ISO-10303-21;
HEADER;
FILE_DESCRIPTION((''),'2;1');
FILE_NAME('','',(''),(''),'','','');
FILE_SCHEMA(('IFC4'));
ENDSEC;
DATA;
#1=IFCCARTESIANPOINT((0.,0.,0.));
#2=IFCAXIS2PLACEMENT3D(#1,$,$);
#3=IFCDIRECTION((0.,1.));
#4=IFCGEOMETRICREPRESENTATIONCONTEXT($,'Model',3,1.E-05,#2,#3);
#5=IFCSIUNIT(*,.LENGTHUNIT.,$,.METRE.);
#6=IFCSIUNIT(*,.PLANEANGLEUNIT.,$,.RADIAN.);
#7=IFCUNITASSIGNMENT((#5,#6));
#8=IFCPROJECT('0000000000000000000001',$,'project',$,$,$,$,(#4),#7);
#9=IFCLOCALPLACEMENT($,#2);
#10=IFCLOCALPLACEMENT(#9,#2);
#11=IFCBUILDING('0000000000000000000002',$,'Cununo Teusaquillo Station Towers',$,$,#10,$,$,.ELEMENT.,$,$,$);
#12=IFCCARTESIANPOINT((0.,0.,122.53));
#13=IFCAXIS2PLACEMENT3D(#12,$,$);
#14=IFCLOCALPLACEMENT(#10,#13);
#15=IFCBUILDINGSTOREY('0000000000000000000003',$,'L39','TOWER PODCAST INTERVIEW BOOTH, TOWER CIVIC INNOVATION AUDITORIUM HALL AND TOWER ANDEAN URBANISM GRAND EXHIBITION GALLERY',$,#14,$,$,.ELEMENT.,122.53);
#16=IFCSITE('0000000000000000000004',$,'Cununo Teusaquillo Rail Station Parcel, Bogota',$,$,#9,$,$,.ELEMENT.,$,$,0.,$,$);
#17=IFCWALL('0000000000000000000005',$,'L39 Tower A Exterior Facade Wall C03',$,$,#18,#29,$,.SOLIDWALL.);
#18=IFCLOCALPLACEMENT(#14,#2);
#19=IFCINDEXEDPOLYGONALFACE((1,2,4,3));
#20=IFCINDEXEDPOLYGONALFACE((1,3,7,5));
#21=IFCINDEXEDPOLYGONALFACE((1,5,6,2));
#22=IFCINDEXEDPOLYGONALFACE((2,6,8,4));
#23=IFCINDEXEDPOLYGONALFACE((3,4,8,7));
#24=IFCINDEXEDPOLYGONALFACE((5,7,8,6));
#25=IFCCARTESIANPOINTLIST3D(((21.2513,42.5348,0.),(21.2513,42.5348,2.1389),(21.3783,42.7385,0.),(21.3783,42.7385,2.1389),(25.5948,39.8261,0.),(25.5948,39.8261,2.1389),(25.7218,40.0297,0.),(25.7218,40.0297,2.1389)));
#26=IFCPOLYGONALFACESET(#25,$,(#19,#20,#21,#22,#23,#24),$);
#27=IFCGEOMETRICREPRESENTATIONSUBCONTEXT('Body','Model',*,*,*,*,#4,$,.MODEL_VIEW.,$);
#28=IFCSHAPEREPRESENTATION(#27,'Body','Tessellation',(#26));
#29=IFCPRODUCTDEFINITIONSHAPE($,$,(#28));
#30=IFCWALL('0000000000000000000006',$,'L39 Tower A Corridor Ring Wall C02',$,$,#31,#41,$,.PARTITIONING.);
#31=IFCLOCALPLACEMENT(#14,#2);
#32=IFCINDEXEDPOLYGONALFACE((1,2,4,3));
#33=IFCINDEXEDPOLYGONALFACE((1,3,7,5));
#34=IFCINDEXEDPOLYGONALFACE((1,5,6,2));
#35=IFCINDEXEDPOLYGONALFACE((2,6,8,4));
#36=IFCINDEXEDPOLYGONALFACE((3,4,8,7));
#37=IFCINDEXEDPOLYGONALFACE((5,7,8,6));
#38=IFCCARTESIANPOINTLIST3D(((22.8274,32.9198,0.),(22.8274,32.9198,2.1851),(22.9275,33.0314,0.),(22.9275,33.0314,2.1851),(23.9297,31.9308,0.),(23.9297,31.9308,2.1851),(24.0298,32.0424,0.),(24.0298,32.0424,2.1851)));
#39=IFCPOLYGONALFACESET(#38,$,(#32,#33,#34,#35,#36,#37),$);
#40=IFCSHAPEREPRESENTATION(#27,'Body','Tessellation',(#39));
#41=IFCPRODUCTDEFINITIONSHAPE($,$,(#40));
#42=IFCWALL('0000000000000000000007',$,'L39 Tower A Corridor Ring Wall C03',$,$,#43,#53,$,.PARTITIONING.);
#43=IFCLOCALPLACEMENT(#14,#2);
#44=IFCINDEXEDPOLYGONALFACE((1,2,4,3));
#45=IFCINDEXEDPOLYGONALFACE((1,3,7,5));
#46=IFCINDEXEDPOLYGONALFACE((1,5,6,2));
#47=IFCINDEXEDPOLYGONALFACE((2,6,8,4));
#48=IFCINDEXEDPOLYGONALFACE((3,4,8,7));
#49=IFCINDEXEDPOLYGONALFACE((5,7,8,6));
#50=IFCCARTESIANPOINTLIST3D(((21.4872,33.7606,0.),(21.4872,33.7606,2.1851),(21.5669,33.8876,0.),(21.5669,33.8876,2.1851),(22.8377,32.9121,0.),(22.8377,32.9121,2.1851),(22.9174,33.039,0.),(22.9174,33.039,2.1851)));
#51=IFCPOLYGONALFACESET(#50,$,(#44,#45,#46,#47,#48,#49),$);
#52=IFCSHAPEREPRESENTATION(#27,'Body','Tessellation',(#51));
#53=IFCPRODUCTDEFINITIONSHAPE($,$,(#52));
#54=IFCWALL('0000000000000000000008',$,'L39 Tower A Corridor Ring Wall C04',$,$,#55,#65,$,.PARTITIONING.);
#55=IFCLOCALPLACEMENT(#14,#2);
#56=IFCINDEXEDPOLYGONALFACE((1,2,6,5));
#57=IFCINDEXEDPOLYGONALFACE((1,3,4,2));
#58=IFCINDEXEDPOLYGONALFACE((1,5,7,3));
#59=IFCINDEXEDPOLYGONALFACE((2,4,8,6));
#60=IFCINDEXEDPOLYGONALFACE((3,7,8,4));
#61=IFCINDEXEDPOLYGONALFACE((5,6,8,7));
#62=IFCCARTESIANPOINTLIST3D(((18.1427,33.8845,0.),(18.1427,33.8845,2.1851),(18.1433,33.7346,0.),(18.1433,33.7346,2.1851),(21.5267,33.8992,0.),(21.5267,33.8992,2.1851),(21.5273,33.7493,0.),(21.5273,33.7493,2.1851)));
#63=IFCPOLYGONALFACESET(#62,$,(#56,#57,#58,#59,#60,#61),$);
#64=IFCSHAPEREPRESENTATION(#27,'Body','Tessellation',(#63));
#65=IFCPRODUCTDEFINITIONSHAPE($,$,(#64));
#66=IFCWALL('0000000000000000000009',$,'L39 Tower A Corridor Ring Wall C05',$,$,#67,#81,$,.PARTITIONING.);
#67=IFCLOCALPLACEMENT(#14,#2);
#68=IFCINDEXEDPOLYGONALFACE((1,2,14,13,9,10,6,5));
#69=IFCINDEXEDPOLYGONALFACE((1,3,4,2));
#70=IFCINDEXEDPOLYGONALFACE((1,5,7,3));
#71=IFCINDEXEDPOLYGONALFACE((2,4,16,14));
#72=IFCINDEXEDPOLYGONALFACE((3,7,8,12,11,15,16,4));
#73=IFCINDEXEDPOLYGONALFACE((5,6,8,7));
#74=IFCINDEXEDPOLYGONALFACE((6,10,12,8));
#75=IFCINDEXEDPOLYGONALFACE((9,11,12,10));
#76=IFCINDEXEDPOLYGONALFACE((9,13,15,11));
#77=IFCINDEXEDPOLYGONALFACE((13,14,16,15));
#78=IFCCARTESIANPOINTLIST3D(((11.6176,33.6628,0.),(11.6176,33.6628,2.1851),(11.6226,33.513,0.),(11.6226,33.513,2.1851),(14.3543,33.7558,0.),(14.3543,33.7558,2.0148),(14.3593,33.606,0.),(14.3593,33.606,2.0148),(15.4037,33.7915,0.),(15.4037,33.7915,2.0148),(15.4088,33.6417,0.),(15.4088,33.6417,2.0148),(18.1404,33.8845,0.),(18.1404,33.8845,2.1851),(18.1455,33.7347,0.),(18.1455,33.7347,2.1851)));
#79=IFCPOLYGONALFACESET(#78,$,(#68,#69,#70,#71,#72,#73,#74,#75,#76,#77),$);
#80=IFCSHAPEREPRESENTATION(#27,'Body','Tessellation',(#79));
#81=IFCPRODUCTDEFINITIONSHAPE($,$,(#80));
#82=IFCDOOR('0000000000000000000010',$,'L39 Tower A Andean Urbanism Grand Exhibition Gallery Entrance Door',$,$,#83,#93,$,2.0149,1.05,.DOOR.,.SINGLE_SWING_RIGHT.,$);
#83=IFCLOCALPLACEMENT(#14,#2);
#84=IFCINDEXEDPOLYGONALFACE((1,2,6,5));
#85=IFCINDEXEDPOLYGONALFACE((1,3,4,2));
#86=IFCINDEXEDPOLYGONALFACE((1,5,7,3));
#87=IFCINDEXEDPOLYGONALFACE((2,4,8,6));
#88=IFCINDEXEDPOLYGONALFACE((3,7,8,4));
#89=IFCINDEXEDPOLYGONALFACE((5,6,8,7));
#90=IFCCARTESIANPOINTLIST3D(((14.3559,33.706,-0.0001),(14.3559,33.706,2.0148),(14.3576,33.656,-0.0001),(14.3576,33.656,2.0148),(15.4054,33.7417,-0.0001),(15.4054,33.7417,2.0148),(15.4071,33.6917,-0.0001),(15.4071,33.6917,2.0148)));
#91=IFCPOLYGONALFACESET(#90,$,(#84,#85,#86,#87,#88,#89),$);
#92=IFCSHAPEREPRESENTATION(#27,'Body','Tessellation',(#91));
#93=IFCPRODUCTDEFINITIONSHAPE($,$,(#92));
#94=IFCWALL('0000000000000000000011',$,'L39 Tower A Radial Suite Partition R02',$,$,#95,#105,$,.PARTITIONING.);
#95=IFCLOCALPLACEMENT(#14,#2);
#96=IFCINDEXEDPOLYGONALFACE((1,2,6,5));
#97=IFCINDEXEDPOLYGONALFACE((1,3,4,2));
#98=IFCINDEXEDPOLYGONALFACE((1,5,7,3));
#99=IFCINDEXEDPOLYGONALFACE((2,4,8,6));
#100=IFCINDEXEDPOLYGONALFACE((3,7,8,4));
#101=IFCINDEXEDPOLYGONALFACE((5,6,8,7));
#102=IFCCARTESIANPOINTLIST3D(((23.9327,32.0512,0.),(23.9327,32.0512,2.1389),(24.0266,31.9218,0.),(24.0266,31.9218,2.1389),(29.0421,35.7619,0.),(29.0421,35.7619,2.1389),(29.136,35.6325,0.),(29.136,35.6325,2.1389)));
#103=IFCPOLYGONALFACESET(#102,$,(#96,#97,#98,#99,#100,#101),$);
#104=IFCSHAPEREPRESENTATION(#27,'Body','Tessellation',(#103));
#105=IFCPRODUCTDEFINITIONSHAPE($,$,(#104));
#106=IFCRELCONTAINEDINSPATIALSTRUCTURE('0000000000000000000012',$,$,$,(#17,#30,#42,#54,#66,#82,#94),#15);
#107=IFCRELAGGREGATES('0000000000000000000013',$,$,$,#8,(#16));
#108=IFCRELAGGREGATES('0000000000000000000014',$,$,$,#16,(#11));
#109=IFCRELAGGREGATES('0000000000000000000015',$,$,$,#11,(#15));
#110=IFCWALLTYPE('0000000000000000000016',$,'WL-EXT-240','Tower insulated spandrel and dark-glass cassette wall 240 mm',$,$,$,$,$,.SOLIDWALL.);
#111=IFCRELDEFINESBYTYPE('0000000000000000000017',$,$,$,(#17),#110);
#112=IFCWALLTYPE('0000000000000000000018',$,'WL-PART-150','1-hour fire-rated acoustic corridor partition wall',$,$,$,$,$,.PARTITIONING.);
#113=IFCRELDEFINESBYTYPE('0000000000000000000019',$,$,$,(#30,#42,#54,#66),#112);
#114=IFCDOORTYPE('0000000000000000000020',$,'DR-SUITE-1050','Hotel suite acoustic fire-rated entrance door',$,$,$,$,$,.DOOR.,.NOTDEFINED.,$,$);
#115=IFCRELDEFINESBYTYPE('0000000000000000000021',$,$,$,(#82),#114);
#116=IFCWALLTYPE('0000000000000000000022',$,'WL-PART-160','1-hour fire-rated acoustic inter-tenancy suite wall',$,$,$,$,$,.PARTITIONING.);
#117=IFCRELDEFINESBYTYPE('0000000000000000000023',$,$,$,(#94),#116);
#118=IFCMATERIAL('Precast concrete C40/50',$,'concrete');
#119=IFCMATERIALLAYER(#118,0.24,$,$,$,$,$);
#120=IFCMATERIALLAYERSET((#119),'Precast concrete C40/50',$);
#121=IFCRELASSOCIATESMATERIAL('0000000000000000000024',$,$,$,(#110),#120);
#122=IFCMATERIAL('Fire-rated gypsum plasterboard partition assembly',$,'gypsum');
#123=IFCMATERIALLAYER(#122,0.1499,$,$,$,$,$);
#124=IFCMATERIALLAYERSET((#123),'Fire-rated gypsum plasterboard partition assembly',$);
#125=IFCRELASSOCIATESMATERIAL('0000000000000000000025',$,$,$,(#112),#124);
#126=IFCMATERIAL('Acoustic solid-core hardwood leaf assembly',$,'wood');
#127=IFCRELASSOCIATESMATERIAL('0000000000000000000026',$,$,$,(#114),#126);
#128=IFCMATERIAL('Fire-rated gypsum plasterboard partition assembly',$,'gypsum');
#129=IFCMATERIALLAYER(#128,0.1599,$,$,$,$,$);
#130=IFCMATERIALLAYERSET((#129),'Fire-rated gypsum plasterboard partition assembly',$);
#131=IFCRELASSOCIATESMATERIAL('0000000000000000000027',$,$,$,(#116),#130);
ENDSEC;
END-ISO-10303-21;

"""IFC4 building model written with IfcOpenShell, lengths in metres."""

from ifc_helpers import new_model, si_unit, direction, frame, frame_2d, origin, place, context, subcontext, project, spatial, rectangle, extrude, source, transform, mapped, material, layer, layer_set, type_object, element, fill, save


model = new_model("IFC4")

# Units and contexts
model_context = context("Model", 3, precision=1e-05, world=origin(), true_north=direction((0.0, 1.0)))
body_context = subcontext(model_context, "Body", "Model", "MODEL_VIEW")
ifc_project = project(units=[si_unit("LENGTHUNIT", "METRE"), si_unit("PLANEANGLEUNIT", "RADIAN")], contexts=[model_context])

# Site, building, storey
site_placement = place(None, origin())
site = spatial("IfcSite", under=ifc_project, at=site_placement, Name="Cununo Teusaquillo Rail Station Parcel, Bogota", CompositionType="ELEMENT", RefElevation=0.0)
building_placement = place(site_placement, origin())
building = spatial("IfcBuilding", under=site, at=building_placement, Name="Cununo Teusaquillo Station Towers", CompositionType="ELEMENT")
storey_placement = place(building_placement, frame((0.0, 0.0, 122.53)))
storey = spatial("IfcBuildingStorey", under=building, at=storey_placement, Name="L39", Description="TOWER PODCAST INTERVIEW BOOTH, TOWER CIVIC INNOVATION AUDITORIUM HALL AND TOWER ANDEAN URBANISM GRAND EXHIBITION GALLERY", CompositionType="ELEMENT", Elevation=122.53)

# Shared definitions
ifc_material_1 = material(Name="Precast concrete C40/50", Category="concrete")
ifc_layer_1 = layer(ifc_material_1, 0.24)
ifc_layer_set_1 = layer_set([ifc_layer_1], Name="Precast concrete C40/50")
wall_type_1 = type_object("IfcWallType", Name="WL-EXT-240", Description="Tower insulated spandrel and dark-glass cassette wall 240 mm", PredefinedType="SOLIDWALL", material=ifc_layer_set_1)

# Walls
wall_1_placement = place(storey_placement, frame((21.3147, 42.6367, 0.0), z_axis=(0.0, 0.0, 1.0), x_axis=(0.84852, -0.529163, 0.0)))
element("IfcWall", 1, at=wall_1_placement, inside=storey, type_object=wall_type_1, Name="L39 Tower A Exterior Facade Wall C03", PredefinedType="SOLIDWALL", context=body_context, shape_type="SweptSolid", body=[
    extrude(rectangle(XDim=5.1189, YDim=0.24, at=frame_2d((2.5596, 0.0))), origin(), (0.0, 0.0, 1.0), 2.1389),
])
ifc_material_2 = material(Name="Fire-rated gypsum plasterboard partition assembly", Category="gypsum")
ifc_layer_2 = layer(ifc_material_2, 0.1499)
ifc_layer_set_2 = layer_set([ifc_layer_2], Name="Fire-rated gypsum plasterboard partition assembly")
wall_type_2 = type_object("IfcWallType", Name="WL-PART-150", Description="1-hour fire-rated acoustic corridor partition wall", PredefinedType="PARTITIONING", material=ifc_layer_set_2)
wall_2_placement = place(storey_placement, frame((23.9797, 31.9866, 0.0), z_axis=(0.0, 0.0, 1.0), x_axis=(-0.744318, 0.667825, 0.0)))
element("IfcWall", 2, at=wall_2_placement, inside=storey, type_object=wall_type_2, Name="L39 Tower A Corridor Ring Wall C02", PredefinedType="PARTITIONING", context=body_context, shape_type="SweptSolid", body=[
    extrude(rectangle(XDim=1.481, YDim=0.1499, at=frame_2d((0.7405, 0.0))), origin(), (0.0, 0.0, 1.0), 2.1851),
])
wall_3_placement = place(storey_placement, frame((22.8774, 32.9756, 0.0), z_axis=(0.0, 0.0, 1.0), x_axis=(-0.846723, 0.532034, 0.0)))
element("IfcWall", 3, at=wall_3_placement, inside=storey, type_object=wall_type_2, Name="L39 Tower A Corridor Ring Wall C03", PredefinedType="PARTITIONING", context=body_context, shape_type="SweptSolid", body=[
    extrude(rectangle(XDim=1.595, YDim=0.1499, at=frame_2d((0.7974, 0.0))), origin(), (0.0, 0.0, 1.0), 2.1851),
])
wall_4_placement = place(storey_placement, frame((21.5269, 33.8242, 0.0), z_axis=(0.0, 0.0, 1.0), x_axis=(-0.999991, -0.004329, 0.0)))
element("IfcWall", 4, at=wall_4_placement, inside=storey, type_object=wall_type_2, Name="L39 Tower A Corridor Ring Wall C04", PredefinedType="PARTITIONING", context=body_context, shape_type="SweptSolid", body=[
    extrude(rectangle(XDim=3.384, YDim=0.1499, at=frame_2d((1.6919, 0.0))), origin(), (0.0, 0.0, 1.0), 2.1851),
])

# Wall, opening, door
wall_5_placement = place(storey_placement, frame((18.1428, 33.8096, 0.0), z_axis=(0.0, 0.0, 1.0), x_axis=(-0.999423, -0.033965, 0.0)))
wall_5 = element("IfcWall", 5, at=wall_5_placement, inside=storey, type_object=wall_type_2, Name="L39 Tower A Corridor Ring Wall C05", PredefinedType="PARTITIONING", context=body_context, shape_type="SweptSolid", body=[
    extrude(rectangle(XDim=6.5266, YDim=0.1499, at=frame_2d((3.2632, 0.0))), origin(), (0.0, 0.0, 1.0), 2.1851),
])
shared_shape_1 = source(origin(), body_context, "Body", "SweptSolid", [
    extrude(rectangle(XDim=1.05, YDim=2.0149, at=frame_2d((0.5249, 1.0073))), frame((0.0, 0.085, 0.0), z_axis=(0.0, -1.0, 0.0), x_axis=(1.0, 0.0, 0.0)), (0.0, 0.0, 1.0), 0.1699),
])
opening_1_placement = place(wall_5_placement, frame((2.7383, 0.0, 0.0)))
opening_1 = element("IfcOpeningElement", 6, at=opening_1_placement, cuts=wall_5, PredefinedType="OPENING", context=body_context, shape_type="MappedRepresentation", body=[
    mapped(shared_shape_1, transform((0.0, 0.0, 0.0), x_axis=(1.0, 0.0, 0.0), y_axis=(0.0, 1.0, 0.0), z_axis=(0.0, 0.0, 1.0), scale=1.0)),
])
ifc_material_3 = material(Name="Acoustic solid-core hardwood leaf assembly", Category="wood")
door_type = type_object("IfcDoorType", Name="DR-SUITE-1050", Description="Hotel suite acoustic fire-rated entrance door", OperationType="NOTDEFINED", PredefinedType="DOOR", material=ifc_material_3)
shared_shape_2 = source(origin(), body_context, "Body", "SweptSolid", [
    extrude(rectangle(XDim=1.05, YDim=2.0149, at=frame_2d((0.5249, 1.0073))), frame((0.0, 0.0249, 0.0), z_axis=(0.0, -1.0, 0.0), x_axis=(1.0, 0.0, 0.0)), (0.0, 0.0, 1.0), 0.05),
])
door_placement = place(opening_1_placement, origin())
door = element("IfcDoor", 7, at=door_placement, inside=storey, type_object=door_type, Name="L39 Tower A Andean Urbanism Grand Exhibition Gallery Entrance Door", OperationType="SINGLE_SWING_RIGHT", OverallHeight=2.0149, OverallWidth=1.05, PredefinedType="DOOR", context=body_context, shape_type="MappedRepresentation", body=[
    mapped(shared_shape_2, transform((0.0, 0.0, 0.0), x_axis=(1.0, 0.0, 0.0), y_axis=(0.0, 1.0, 0.0), z_axis=(0.0, 0.0, 1.0), scale=1.0)),
])
fill(opening_1, door)

# Wall
ifc_material_4 = material(Name="Fire-rated gypsum plasterboard partition assembly", Category="gypsum")
ifc_layer_3 = layer(ifc_material_4, 0.1599)
ifc_layer_set_3 = layer_set([ifc_layer_3], Name="Fire-rated gypsum plasterboard partition assembly")
wall_type_3 = type_object("IfcWallType", Name="WL-PART-160", Description="1-hour fire-rated acoustic inter-tenancy suite wall", PredefinedType="PARTITIONING", material=ifc_layer_set_3)
wall_6_placement = place(storey_placement, frame((23.9797, 31.9866, 0.0), z_axis=(0.0, 0.0, 1.0), x_axis=(0.809129, 0.587631, 0.0)))
element("IfcWall", 8, at=wall_6_placement, inside=storey, type_object=wall_type_3, Name="L39 Tower A Radial Suite Partition R02", PredefinedType="PARTITIONING", context=body_context, shape_type="SweptSolid", body=[
    extrude(rectangle(XDim=6.3147, YDim=0.1599, at=frame_2d((3.1572, 0.0))), origin(), (0.0, 0.0, 1.0), 2.1389),
])

save(model, "model.ifc")
